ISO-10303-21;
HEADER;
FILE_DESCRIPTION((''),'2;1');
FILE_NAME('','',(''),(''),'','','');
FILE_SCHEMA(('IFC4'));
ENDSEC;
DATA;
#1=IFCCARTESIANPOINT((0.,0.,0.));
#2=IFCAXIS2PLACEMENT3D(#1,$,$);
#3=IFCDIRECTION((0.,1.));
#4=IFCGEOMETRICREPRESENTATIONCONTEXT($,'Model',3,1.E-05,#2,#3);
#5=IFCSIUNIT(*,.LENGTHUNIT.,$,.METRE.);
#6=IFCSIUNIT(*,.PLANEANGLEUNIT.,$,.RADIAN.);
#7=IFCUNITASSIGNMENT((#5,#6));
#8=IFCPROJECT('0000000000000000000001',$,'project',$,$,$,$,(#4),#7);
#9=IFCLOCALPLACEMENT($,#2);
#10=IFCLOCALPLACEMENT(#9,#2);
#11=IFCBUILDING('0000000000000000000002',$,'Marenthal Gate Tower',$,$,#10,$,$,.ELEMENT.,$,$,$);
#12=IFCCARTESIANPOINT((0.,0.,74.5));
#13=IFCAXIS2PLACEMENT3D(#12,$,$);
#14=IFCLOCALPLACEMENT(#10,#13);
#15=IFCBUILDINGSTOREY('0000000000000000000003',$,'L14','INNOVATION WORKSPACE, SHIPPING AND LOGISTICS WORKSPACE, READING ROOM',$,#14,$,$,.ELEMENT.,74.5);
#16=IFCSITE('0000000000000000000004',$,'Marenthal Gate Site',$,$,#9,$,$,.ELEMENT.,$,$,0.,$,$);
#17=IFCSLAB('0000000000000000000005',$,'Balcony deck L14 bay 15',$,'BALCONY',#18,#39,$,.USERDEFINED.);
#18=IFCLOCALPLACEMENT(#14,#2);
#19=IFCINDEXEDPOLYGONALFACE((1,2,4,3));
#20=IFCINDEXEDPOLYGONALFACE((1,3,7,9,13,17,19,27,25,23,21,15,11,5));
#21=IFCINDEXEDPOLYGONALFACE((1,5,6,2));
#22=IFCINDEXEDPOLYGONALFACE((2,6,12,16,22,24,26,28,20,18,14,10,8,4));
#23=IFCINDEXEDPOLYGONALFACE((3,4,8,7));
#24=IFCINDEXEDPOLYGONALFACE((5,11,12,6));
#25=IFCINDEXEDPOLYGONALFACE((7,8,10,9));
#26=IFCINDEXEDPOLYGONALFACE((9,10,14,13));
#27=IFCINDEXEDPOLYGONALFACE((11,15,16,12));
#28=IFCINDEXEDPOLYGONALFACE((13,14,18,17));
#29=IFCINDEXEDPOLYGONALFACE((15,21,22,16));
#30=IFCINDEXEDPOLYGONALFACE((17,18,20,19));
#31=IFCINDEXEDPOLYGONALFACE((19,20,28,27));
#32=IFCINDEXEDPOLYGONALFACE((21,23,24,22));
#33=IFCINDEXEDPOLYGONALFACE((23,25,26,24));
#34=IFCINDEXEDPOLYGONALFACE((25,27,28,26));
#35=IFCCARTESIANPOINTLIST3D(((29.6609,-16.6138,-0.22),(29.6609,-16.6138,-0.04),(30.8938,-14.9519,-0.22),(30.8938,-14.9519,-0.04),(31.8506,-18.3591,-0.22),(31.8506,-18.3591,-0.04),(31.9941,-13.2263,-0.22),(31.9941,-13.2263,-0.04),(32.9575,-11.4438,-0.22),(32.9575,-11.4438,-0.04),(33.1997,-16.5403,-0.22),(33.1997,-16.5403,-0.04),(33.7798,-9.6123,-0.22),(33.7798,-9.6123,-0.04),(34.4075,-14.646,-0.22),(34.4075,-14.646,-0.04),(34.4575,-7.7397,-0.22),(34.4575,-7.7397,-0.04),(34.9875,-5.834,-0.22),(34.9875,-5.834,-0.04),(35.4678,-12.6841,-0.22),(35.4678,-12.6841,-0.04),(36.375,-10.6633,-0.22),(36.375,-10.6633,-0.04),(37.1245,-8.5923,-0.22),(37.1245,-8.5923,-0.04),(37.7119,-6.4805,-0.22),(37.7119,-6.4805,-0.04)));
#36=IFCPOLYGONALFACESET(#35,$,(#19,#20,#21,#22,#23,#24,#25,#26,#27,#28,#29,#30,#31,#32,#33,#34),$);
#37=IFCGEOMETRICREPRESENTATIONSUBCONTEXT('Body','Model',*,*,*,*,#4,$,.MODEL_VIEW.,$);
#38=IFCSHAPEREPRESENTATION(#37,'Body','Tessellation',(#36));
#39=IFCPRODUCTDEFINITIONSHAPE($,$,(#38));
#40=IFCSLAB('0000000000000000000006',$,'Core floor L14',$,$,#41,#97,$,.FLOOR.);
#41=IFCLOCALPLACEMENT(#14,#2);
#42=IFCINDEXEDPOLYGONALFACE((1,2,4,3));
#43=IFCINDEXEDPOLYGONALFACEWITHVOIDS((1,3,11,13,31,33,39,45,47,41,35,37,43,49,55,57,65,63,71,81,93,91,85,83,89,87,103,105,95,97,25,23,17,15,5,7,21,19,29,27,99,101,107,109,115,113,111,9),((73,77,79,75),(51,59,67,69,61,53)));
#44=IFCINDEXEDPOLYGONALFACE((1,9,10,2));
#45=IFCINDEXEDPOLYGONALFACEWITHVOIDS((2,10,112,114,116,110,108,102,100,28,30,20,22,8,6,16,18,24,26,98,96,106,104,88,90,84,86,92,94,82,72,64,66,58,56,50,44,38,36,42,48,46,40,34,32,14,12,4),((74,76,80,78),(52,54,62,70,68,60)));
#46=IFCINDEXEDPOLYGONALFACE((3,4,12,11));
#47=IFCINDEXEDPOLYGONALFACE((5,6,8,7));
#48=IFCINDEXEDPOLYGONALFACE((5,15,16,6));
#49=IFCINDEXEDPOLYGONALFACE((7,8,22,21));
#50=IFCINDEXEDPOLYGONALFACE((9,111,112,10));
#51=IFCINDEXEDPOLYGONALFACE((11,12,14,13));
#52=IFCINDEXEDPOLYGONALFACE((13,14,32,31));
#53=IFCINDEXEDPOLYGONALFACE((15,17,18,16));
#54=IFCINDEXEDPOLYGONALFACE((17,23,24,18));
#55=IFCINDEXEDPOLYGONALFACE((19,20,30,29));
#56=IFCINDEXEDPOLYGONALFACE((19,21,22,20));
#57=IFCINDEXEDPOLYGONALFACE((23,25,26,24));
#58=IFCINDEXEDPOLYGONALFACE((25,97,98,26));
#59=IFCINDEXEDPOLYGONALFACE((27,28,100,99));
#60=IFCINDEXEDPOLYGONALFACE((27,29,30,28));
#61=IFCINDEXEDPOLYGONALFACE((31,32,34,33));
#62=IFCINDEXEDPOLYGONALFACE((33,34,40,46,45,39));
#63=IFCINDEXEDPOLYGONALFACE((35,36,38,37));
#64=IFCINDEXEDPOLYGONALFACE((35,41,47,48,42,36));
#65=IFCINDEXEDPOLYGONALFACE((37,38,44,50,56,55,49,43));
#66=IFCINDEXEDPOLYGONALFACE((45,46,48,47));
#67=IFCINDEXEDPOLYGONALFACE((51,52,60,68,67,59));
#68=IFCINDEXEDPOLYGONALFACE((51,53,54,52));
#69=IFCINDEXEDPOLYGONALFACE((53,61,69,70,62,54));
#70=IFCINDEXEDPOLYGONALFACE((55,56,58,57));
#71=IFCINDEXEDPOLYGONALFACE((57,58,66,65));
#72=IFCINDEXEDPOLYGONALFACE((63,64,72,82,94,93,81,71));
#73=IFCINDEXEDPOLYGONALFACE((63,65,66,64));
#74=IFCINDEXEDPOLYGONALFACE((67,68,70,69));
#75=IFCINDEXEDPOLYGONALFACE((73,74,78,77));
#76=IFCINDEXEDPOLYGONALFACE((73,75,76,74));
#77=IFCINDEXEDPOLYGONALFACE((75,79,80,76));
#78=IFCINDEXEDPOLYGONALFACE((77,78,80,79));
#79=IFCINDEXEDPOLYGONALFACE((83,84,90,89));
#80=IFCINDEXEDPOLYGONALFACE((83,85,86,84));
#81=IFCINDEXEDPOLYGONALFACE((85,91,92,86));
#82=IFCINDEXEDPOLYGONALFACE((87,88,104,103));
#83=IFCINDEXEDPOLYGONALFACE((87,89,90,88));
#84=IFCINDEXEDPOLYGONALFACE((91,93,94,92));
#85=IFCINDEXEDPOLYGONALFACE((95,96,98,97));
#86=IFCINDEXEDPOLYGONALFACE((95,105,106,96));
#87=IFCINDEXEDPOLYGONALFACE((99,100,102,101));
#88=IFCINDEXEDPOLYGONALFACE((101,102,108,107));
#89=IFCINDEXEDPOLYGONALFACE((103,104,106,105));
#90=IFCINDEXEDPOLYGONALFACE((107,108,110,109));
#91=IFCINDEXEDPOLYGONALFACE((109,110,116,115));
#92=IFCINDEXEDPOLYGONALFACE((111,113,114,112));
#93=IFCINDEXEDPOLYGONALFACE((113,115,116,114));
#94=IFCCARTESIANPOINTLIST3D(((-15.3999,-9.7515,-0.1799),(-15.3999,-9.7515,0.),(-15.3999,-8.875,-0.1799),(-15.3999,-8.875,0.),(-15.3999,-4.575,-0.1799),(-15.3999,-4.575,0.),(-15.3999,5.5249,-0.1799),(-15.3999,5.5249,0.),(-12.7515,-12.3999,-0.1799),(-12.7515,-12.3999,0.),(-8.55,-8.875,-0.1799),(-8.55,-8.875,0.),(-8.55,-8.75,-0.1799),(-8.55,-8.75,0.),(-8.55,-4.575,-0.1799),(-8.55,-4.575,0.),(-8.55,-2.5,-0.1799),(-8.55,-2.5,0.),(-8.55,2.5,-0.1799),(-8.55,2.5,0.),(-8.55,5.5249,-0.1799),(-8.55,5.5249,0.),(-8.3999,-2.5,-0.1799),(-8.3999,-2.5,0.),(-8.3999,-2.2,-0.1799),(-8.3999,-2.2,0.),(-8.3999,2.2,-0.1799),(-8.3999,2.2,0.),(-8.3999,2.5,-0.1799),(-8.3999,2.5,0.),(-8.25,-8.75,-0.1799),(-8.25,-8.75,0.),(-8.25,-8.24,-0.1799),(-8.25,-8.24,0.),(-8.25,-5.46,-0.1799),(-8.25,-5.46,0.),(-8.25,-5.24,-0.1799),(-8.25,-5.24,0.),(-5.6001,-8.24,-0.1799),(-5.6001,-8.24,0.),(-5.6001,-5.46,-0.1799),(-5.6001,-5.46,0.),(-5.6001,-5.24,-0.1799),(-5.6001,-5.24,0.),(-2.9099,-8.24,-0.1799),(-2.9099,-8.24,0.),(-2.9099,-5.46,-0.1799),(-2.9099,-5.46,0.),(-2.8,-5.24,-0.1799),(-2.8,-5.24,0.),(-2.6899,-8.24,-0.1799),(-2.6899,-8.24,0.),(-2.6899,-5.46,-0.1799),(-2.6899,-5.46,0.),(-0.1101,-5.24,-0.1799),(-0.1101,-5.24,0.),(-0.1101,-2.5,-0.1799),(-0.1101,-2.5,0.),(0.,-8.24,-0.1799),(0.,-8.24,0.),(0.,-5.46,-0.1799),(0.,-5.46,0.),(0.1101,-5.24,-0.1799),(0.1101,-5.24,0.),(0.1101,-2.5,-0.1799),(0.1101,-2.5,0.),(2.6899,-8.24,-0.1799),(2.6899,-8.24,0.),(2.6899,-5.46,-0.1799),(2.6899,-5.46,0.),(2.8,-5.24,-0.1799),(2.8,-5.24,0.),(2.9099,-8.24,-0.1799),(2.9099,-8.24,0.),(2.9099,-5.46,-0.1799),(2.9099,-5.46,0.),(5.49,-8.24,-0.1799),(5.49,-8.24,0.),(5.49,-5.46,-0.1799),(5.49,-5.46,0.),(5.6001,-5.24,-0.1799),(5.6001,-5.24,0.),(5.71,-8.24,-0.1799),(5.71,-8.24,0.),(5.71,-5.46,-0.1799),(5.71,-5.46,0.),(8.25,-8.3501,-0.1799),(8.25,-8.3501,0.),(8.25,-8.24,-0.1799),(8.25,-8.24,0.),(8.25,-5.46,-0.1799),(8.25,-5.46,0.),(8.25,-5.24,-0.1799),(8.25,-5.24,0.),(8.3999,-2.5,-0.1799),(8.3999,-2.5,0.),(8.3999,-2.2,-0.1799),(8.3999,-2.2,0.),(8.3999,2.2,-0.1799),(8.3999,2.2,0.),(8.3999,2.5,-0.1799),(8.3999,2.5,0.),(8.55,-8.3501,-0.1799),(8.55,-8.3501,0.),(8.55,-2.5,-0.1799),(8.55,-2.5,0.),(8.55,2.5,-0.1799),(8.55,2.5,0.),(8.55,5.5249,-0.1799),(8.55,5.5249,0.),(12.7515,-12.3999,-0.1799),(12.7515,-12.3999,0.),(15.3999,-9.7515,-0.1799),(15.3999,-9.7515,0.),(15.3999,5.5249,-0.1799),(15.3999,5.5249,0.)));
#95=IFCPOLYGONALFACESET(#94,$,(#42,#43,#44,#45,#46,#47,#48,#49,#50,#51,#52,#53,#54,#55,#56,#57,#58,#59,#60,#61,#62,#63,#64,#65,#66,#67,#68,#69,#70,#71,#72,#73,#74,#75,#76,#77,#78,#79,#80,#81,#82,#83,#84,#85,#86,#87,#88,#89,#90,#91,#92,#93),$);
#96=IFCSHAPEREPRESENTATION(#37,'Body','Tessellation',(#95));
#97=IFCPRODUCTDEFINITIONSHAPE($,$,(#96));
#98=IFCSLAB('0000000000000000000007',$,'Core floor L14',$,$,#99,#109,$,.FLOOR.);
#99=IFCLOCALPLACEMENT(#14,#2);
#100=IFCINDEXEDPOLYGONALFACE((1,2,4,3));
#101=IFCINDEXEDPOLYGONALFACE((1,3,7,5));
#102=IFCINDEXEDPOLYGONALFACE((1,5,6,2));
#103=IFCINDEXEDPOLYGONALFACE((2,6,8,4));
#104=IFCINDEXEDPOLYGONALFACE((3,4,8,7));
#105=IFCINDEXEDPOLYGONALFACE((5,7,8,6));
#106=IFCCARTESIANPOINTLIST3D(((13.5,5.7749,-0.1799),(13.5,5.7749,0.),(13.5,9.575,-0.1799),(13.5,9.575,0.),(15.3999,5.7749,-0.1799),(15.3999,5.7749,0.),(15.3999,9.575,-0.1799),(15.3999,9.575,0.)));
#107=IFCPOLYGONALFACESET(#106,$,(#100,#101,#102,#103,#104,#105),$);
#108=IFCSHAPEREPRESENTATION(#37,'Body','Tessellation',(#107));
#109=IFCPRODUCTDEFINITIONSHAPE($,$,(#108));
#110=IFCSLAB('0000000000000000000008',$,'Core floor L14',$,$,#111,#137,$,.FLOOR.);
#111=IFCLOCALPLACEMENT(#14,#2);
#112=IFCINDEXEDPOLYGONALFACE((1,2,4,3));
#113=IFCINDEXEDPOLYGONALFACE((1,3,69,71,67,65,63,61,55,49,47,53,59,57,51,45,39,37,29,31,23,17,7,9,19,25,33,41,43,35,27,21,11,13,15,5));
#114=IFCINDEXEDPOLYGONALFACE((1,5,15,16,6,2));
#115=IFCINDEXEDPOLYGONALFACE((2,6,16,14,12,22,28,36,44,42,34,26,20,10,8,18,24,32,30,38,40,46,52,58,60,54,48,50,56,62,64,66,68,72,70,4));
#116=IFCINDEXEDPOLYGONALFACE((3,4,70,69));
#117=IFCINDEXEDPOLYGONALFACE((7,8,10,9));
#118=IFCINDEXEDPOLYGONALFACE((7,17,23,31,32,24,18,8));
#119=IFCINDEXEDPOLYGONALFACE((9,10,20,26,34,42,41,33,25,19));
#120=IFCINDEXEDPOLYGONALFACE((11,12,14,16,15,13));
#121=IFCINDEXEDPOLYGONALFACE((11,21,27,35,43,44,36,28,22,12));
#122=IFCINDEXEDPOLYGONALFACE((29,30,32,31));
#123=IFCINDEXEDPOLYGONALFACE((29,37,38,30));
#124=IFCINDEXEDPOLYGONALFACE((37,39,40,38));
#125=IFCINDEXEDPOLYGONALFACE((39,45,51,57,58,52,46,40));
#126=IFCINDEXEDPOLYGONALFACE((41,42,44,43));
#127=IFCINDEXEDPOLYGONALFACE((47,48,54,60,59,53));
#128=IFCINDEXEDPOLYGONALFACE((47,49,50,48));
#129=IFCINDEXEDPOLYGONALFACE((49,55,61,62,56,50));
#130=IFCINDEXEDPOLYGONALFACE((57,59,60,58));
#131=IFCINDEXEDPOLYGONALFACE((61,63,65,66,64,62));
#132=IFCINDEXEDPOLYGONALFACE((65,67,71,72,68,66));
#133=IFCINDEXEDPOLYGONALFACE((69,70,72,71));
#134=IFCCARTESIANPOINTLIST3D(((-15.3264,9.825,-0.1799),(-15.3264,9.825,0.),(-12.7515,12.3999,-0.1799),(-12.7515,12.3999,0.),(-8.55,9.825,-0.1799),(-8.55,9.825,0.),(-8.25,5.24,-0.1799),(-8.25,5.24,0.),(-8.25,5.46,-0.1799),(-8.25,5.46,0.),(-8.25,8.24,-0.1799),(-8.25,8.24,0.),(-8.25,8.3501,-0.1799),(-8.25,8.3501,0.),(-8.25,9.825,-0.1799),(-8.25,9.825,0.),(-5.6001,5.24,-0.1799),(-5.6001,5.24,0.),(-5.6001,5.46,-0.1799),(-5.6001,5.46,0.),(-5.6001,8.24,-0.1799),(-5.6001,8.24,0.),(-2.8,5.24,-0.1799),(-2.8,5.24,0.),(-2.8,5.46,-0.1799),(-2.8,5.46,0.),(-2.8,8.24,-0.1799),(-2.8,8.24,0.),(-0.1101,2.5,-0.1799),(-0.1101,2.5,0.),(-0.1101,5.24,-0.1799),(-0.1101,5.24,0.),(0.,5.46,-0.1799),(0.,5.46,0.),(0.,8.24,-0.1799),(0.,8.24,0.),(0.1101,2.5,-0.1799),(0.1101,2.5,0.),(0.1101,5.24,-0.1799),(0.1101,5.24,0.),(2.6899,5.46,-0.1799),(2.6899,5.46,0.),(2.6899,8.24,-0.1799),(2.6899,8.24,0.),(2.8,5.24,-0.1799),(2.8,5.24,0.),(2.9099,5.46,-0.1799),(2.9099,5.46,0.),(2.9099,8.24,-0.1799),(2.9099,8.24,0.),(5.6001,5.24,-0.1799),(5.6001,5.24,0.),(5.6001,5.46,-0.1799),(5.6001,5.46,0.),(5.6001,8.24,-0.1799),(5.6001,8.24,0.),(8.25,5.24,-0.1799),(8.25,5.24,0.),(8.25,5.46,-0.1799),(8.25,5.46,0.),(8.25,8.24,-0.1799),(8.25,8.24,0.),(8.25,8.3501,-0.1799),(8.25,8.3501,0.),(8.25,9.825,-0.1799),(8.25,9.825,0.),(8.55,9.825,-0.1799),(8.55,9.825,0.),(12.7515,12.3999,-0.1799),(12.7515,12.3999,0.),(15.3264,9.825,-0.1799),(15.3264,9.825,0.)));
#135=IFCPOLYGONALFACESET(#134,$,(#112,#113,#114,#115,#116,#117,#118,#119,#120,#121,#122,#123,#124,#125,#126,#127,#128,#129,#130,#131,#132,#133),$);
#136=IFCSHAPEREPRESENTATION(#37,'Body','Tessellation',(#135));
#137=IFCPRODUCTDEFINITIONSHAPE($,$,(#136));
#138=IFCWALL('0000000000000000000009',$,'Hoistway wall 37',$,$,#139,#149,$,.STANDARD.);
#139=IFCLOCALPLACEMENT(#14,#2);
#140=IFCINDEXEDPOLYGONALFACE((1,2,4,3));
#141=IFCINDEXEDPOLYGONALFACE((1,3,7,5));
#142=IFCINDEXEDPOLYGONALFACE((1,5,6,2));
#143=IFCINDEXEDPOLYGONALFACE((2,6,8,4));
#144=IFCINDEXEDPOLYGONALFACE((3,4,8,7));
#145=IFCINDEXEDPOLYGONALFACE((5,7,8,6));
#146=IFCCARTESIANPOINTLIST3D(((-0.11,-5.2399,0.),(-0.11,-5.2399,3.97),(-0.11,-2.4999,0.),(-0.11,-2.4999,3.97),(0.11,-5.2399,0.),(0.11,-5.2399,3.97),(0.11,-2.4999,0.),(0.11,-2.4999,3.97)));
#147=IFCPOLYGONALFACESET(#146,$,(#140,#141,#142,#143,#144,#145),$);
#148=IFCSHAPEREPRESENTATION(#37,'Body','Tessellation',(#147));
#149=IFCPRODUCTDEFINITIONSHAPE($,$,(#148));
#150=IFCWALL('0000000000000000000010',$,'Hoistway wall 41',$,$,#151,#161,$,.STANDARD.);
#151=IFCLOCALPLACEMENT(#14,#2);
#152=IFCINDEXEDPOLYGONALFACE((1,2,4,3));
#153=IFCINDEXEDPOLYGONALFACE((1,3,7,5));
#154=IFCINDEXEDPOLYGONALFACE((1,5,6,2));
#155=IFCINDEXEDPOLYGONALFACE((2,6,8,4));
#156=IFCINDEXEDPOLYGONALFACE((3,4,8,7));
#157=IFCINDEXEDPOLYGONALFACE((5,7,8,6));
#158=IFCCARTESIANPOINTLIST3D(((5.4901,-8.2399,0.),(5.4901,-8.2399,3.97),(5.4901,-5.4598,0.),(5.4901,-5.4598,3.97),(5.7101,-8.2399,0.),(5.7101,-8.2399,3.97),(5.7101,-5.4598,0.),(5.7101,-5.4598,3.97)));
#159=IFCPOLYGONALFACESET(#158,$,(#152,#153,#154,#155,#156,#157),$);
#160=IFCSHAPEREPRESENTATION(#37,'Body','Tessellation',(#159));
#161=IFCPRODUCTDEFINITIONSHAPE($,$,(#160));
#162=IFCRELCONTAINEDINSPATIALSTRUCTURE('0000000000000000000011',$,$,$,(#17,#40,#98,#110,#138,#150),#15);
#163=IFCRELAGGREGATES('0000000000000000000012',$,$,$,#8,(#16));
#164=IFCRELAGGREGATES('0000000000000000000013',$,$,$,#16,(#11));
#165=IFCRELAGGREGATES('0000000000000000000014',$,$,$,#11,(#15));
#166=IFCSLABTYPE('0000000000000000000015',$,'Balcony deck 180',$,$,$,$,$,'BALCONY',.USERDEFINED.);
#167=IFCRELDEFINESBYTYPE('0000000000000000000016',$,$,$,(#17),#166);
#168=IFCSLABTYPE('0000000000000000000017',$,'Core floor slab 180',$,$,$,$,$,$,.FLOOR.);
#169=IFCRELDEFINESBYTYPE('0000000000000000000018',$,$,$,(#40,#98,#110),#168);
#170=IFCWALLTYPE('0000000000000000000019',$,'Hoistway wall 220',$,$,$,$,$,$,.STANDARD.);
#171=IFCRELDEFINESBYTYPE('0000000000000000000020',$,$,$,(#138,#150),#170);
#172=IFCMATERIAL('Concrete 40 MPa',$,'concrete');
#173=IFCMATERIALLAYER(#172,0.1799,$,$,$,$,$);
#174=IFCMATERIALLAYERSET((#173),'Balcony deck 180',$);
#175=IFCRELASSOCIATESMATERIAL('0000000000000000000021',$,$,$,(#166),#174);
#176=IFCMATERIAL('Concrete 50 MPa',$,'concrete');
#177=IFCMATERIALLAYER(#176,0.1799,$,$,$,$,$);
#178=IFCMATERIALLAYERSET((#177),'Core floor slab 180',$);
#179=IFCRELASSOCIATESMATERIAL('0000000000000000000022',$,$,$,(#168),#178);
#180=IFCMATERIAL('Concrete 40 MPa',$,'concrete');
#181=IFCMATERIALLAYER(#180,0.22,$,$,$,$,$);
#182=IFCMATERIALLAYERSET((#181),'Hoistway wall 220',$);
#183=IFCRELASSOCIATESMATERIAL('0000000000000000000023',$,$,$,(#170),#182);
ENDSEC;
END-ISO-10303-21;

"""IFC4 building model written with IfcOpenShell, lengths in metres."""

from ifc_helpers import new_model, si_unit, direction, frame, frame_2d, origin, place, context, subcontext, project, spatial, polyline, rectangle, outline, extrude, material, layer, layer_set, type_object, element, save


model = new_model("IFC4")

# Units and contexts
model_context = context("Model", 3, precision=1e-05, world=origin(), true_north=direction((0.0, 1.0)))
body_context = subcontext(model_context, "Body", "Model", "MODEL_VIEW")
ifc_project = project(units=[si_unit("LENGTHUNIT", "METRE"), si_unit("PLANEANGLEUNIT", "RADIAN")], contexts=[model_context])

# Site, building, storey
site_placement = place(None, origin())
site = spatial("IfcSite", under=ifc_project, at=site_placement, Name="Marenthal Gate Site", CompositionType="ELEMENT", RefElevation=0.0)
building_placement = place(site_placement, origin())
building = spatial("IfcBuilding", under=site, at=building_placement, Name="Marenthal Gate Tower", CompositionType="ELEMENT")
storey_placement = place(building_placement, frame((0.0, 0.0, 74.5)))
storey = spatial("IfcBuildingStorey", under=building, at=storey_placement, Name="L14", Description="INNOVATION WORKSPACE, SHIPPING AND LOGISTICS WORKSPACE, READING ROOM", CompositionType="ELEMENT", Elevation=74.5)

# Slabs
ifc_material_1 = material(Name="Concrete 40 MPa", Category="concrete")
ifc_layer_1 = layer(ifc_material_1, 0.1799)
ifc_layer_set_1 = layer_set([ifc_layer_1], Name="Balcony deck 180")
slab_type_1 = type_object("IfcSlabType", Name="Balcony deck 180", ElementType="BALCONY", PredefinedType="USERDEFINED", material=ifc_layer_set_1)
slab_1_placement = place(storey_placement, frame((0.0, 0.0, -0.22)))
element("IfcSlab", 1, at=slab_1_placement, inside=storey, type_object=slab_type_1, Name="Balcony deck L14 bay 15", ObjectType="BALCONY", PredefinedType="USERDEFINED", context=body_context, shape_type="SweptSolid", body=[
    extrude(outline(polyline([(29.6609, -16.6138), (30.8938, -14.9519), (31.9941, -13.2263), (32.9575, -11.4438), (33.7798, -9.6123), (34.4575, -7.7397), (34.9875, -5.834), (37.7119, -6.4805), (37.1245, -8.5923), (36.375, -10.6633), (35.4678, -12.6841), (34.4075, -14.646), (33.1997, -16.5403), (31.8506, -18.3591), (29.6609, -16.6138)])), origin(), (0.0, 0.0, 1.0), 0.1799),
])
ifc_material_2 = material(Name="Concrete 50 MPa", Category="concrete")
ifc_layer_2 = layer(ifc_material_2, 0.1799)
ifc_layer_set_2 = layer_set([ifc_layer_2], Name="Core floor slab 180")
slab_type_2 = type_object("IfcSlabType", Name="Core floor slab 180", PredefinedType="FLOOR", material=ifc_layer_set_2)
slab_2_placement = place(storey_placement, frame((0.0, 0.0, -0.1799)))
element("IfcSlab", 2, at=slab_2_placement, inside=storey, type_object=slab_type_2, Name="Core floor L14", PredefinedType="FLOOR", context=body_context, shape_type="SweptSolid", body=[
    extrude(outline(polyline([(15.3999, -9.7515), (12.7515, -12.3999), (-12.7515, -12.3999), (-15.3999, -9.7515), (-15.3999, -8.875), (-8.55, -8.875), (-8.55, -8.75), (-8.25, -8.75), (-8.25, -8.24), (-5.6001, -8.24), (-2.9099, -8.24), (-2.9099, -5.46), (-5.6001, -5.46), (-8.25, -5.46), (-8.25, -5.24), (-5.6001, -5.24), (-2.8, -5.24), (-0.1101, -5.24), (-0.1101, -2.5), (0.1101, -2.5), (0.1101, -5.24), (2.8, -5.24), (5.6001, -5.24), (8.25, -5.24), (8.25, -5.46), (5.71, -5.46), (5.71, -8.24), (8.25, -8.24), (8.25, -8.3501), (8.55, -8.3501), (8.55, -2.5), (8.3999, -2.5), (8.3999, -2.2), (-8.3999, -2.2), (-8.3999, -2.5), (-8.55, -2.5), (-8.55, -4.575), (-15.3999, -4.575), (-15.3999, 5.5249), (-8.55, 5.5249), (-8.55, 2.5), (-8.3999, 2.5), (-8.3999, 2.2), (8.3999, 2.2), (8.3999, 2.5), (8.55, 2.5), (8.55, 5.5249), (15.3999, 5.5249), (15.3999, -9.7515)]), holes=[polyline([(2.6899, -5.46), (0.0, -5.46), (-2.6899, -5.46), (-2.6899, -8.24), (0.0, -8.24), (2.6899, -8.24), (2.6899, -5.46)]), polyline([(5.49, -5.46), (2.9099, -5.46), (2.9099, -8.24), (5.49, -8.24), (5.49, -5.46)])]), origin(), (0.0, 0.0, 1.0), 0.1799),
])
slab_3_placement = place(storey_placement, frame((0.0, 0.0, -0.1799)))
element("IfcSlab", 3, at=slab_3_placement, inside=storey, type_object=slab_type_2, Name="Core floor L14", PredefinedType="FLOOR", context=body_context, shape_type="SweptSolid", body=[
    extrude(outline(polyline([(15.3999, 5.7749), (13.5, 5.7749), (13.5, 9.575), (15.3999, 9.575), (15.3999, 5.7749)])), origin(), (0.0, 0.0, 1.0), 0.1799),
])
slab_4_placement = place(storey_placement, frame((0.0, 0.0, -0.1799)))
element("IfcSlab", 4, at=slab_4_placement, inside=storey, type_object=slab_type_2, Name="Core floor L14", PredefinedType="FLOOR", context=body_context, shape_type="SweptSolid", body=[
    extrude(outline(polyline([(12.7515, 12.3999), (15.3264, 9.825), (8.55, 9.825), (8.25, 9.825), (8.25, 8.3501), (8.25, 8.24), (5.6001, 8.24), (2.9099, 8.24), (2.9099, 5.46), (5.6001, 5.46), (8.25, 5.46), (8.25, 5.24), (5.6001, 5.24), (2.8, 5.24), (0.1101, 5.24), (0.1101, 2.5), (-0.1101, 2.5), (-0.1101, 5.24), (-2.8, 5.24), (-5.6001, 5.24), (-8.25, 5.24), (-8.25, 5.46), (-5.6001, 5.46), (-2.8, 5.46), (0.0, 5.46), (2.6899, 5.46), (2.6899, 8.24), (0.0, 8.24), (-2.8, 8.24), (-5.6001, 8.24), (-8.25, 8.24), (-8.25, 8.3501), (-8.25, 9.825), (-8.55, 9.825), (-15.3264, 9.825), (-12.7515, 12.3999), (12.7515, 12.3999)])), origin(), (0.0, 0.0, 1.0), 0.1799),
])

# Walls
ifc_material_3 = material(Name="Concrete 40 MPa", Category="concrete")
ifc_layer_3 = layer(ifc_material_3, 0.22)
ifc_layer_set_3 = layer_set([ifc_layer_3], Name="Hoistway wall 220")
wall_type_1 = type_object("IfcWallType", Name="Hoistway wall 220", PredefinedType="STANDARD", material=ifc_layer_set_3)
wall_1_placement = place(storey_placement, frame((0.0, -5.24, 0.0), z_axis=(0.0, 0.0, 1.0), x_axis=(0.0, 1.0, 0.0)))
element("IfcWall", 5, at=wall_1_placement, inside=storey, type_object=wall_type_1, Name="Hoistway wall 37", PredefinedType="STANDARD", context=body_context, shape_type="SweptSolid", body=[
    extrude(rectangle(XDim=2.74, YDim=0.22, at=frame_2d((1.3701, 0.0))), origin(), (0.0, 0.0, 1.0), 3.97),
])
wall_2_placement = place(storey_placement, frame((5.6001, -8.24, 0.0), z_axis=(0.0, 0.0, 1.0), x_axis=(0.0, 1.0, 0.0)))
element("IfcWall", 6, at=wall_2_placement, inside=storey, type_object=wall_type_1, Name="Hoistway wall 41", PredefinedType="STANDARD", context=body_context, shape_type="SweptSolid", body=[
    extrude(rectangle(XDim=2.78, YDim=0.22, at=frame_2d((1.3901, 0.0))), origin(), (0.0, 0.0, 1.0), 3.97),
])

save(model, "model.ifc")
